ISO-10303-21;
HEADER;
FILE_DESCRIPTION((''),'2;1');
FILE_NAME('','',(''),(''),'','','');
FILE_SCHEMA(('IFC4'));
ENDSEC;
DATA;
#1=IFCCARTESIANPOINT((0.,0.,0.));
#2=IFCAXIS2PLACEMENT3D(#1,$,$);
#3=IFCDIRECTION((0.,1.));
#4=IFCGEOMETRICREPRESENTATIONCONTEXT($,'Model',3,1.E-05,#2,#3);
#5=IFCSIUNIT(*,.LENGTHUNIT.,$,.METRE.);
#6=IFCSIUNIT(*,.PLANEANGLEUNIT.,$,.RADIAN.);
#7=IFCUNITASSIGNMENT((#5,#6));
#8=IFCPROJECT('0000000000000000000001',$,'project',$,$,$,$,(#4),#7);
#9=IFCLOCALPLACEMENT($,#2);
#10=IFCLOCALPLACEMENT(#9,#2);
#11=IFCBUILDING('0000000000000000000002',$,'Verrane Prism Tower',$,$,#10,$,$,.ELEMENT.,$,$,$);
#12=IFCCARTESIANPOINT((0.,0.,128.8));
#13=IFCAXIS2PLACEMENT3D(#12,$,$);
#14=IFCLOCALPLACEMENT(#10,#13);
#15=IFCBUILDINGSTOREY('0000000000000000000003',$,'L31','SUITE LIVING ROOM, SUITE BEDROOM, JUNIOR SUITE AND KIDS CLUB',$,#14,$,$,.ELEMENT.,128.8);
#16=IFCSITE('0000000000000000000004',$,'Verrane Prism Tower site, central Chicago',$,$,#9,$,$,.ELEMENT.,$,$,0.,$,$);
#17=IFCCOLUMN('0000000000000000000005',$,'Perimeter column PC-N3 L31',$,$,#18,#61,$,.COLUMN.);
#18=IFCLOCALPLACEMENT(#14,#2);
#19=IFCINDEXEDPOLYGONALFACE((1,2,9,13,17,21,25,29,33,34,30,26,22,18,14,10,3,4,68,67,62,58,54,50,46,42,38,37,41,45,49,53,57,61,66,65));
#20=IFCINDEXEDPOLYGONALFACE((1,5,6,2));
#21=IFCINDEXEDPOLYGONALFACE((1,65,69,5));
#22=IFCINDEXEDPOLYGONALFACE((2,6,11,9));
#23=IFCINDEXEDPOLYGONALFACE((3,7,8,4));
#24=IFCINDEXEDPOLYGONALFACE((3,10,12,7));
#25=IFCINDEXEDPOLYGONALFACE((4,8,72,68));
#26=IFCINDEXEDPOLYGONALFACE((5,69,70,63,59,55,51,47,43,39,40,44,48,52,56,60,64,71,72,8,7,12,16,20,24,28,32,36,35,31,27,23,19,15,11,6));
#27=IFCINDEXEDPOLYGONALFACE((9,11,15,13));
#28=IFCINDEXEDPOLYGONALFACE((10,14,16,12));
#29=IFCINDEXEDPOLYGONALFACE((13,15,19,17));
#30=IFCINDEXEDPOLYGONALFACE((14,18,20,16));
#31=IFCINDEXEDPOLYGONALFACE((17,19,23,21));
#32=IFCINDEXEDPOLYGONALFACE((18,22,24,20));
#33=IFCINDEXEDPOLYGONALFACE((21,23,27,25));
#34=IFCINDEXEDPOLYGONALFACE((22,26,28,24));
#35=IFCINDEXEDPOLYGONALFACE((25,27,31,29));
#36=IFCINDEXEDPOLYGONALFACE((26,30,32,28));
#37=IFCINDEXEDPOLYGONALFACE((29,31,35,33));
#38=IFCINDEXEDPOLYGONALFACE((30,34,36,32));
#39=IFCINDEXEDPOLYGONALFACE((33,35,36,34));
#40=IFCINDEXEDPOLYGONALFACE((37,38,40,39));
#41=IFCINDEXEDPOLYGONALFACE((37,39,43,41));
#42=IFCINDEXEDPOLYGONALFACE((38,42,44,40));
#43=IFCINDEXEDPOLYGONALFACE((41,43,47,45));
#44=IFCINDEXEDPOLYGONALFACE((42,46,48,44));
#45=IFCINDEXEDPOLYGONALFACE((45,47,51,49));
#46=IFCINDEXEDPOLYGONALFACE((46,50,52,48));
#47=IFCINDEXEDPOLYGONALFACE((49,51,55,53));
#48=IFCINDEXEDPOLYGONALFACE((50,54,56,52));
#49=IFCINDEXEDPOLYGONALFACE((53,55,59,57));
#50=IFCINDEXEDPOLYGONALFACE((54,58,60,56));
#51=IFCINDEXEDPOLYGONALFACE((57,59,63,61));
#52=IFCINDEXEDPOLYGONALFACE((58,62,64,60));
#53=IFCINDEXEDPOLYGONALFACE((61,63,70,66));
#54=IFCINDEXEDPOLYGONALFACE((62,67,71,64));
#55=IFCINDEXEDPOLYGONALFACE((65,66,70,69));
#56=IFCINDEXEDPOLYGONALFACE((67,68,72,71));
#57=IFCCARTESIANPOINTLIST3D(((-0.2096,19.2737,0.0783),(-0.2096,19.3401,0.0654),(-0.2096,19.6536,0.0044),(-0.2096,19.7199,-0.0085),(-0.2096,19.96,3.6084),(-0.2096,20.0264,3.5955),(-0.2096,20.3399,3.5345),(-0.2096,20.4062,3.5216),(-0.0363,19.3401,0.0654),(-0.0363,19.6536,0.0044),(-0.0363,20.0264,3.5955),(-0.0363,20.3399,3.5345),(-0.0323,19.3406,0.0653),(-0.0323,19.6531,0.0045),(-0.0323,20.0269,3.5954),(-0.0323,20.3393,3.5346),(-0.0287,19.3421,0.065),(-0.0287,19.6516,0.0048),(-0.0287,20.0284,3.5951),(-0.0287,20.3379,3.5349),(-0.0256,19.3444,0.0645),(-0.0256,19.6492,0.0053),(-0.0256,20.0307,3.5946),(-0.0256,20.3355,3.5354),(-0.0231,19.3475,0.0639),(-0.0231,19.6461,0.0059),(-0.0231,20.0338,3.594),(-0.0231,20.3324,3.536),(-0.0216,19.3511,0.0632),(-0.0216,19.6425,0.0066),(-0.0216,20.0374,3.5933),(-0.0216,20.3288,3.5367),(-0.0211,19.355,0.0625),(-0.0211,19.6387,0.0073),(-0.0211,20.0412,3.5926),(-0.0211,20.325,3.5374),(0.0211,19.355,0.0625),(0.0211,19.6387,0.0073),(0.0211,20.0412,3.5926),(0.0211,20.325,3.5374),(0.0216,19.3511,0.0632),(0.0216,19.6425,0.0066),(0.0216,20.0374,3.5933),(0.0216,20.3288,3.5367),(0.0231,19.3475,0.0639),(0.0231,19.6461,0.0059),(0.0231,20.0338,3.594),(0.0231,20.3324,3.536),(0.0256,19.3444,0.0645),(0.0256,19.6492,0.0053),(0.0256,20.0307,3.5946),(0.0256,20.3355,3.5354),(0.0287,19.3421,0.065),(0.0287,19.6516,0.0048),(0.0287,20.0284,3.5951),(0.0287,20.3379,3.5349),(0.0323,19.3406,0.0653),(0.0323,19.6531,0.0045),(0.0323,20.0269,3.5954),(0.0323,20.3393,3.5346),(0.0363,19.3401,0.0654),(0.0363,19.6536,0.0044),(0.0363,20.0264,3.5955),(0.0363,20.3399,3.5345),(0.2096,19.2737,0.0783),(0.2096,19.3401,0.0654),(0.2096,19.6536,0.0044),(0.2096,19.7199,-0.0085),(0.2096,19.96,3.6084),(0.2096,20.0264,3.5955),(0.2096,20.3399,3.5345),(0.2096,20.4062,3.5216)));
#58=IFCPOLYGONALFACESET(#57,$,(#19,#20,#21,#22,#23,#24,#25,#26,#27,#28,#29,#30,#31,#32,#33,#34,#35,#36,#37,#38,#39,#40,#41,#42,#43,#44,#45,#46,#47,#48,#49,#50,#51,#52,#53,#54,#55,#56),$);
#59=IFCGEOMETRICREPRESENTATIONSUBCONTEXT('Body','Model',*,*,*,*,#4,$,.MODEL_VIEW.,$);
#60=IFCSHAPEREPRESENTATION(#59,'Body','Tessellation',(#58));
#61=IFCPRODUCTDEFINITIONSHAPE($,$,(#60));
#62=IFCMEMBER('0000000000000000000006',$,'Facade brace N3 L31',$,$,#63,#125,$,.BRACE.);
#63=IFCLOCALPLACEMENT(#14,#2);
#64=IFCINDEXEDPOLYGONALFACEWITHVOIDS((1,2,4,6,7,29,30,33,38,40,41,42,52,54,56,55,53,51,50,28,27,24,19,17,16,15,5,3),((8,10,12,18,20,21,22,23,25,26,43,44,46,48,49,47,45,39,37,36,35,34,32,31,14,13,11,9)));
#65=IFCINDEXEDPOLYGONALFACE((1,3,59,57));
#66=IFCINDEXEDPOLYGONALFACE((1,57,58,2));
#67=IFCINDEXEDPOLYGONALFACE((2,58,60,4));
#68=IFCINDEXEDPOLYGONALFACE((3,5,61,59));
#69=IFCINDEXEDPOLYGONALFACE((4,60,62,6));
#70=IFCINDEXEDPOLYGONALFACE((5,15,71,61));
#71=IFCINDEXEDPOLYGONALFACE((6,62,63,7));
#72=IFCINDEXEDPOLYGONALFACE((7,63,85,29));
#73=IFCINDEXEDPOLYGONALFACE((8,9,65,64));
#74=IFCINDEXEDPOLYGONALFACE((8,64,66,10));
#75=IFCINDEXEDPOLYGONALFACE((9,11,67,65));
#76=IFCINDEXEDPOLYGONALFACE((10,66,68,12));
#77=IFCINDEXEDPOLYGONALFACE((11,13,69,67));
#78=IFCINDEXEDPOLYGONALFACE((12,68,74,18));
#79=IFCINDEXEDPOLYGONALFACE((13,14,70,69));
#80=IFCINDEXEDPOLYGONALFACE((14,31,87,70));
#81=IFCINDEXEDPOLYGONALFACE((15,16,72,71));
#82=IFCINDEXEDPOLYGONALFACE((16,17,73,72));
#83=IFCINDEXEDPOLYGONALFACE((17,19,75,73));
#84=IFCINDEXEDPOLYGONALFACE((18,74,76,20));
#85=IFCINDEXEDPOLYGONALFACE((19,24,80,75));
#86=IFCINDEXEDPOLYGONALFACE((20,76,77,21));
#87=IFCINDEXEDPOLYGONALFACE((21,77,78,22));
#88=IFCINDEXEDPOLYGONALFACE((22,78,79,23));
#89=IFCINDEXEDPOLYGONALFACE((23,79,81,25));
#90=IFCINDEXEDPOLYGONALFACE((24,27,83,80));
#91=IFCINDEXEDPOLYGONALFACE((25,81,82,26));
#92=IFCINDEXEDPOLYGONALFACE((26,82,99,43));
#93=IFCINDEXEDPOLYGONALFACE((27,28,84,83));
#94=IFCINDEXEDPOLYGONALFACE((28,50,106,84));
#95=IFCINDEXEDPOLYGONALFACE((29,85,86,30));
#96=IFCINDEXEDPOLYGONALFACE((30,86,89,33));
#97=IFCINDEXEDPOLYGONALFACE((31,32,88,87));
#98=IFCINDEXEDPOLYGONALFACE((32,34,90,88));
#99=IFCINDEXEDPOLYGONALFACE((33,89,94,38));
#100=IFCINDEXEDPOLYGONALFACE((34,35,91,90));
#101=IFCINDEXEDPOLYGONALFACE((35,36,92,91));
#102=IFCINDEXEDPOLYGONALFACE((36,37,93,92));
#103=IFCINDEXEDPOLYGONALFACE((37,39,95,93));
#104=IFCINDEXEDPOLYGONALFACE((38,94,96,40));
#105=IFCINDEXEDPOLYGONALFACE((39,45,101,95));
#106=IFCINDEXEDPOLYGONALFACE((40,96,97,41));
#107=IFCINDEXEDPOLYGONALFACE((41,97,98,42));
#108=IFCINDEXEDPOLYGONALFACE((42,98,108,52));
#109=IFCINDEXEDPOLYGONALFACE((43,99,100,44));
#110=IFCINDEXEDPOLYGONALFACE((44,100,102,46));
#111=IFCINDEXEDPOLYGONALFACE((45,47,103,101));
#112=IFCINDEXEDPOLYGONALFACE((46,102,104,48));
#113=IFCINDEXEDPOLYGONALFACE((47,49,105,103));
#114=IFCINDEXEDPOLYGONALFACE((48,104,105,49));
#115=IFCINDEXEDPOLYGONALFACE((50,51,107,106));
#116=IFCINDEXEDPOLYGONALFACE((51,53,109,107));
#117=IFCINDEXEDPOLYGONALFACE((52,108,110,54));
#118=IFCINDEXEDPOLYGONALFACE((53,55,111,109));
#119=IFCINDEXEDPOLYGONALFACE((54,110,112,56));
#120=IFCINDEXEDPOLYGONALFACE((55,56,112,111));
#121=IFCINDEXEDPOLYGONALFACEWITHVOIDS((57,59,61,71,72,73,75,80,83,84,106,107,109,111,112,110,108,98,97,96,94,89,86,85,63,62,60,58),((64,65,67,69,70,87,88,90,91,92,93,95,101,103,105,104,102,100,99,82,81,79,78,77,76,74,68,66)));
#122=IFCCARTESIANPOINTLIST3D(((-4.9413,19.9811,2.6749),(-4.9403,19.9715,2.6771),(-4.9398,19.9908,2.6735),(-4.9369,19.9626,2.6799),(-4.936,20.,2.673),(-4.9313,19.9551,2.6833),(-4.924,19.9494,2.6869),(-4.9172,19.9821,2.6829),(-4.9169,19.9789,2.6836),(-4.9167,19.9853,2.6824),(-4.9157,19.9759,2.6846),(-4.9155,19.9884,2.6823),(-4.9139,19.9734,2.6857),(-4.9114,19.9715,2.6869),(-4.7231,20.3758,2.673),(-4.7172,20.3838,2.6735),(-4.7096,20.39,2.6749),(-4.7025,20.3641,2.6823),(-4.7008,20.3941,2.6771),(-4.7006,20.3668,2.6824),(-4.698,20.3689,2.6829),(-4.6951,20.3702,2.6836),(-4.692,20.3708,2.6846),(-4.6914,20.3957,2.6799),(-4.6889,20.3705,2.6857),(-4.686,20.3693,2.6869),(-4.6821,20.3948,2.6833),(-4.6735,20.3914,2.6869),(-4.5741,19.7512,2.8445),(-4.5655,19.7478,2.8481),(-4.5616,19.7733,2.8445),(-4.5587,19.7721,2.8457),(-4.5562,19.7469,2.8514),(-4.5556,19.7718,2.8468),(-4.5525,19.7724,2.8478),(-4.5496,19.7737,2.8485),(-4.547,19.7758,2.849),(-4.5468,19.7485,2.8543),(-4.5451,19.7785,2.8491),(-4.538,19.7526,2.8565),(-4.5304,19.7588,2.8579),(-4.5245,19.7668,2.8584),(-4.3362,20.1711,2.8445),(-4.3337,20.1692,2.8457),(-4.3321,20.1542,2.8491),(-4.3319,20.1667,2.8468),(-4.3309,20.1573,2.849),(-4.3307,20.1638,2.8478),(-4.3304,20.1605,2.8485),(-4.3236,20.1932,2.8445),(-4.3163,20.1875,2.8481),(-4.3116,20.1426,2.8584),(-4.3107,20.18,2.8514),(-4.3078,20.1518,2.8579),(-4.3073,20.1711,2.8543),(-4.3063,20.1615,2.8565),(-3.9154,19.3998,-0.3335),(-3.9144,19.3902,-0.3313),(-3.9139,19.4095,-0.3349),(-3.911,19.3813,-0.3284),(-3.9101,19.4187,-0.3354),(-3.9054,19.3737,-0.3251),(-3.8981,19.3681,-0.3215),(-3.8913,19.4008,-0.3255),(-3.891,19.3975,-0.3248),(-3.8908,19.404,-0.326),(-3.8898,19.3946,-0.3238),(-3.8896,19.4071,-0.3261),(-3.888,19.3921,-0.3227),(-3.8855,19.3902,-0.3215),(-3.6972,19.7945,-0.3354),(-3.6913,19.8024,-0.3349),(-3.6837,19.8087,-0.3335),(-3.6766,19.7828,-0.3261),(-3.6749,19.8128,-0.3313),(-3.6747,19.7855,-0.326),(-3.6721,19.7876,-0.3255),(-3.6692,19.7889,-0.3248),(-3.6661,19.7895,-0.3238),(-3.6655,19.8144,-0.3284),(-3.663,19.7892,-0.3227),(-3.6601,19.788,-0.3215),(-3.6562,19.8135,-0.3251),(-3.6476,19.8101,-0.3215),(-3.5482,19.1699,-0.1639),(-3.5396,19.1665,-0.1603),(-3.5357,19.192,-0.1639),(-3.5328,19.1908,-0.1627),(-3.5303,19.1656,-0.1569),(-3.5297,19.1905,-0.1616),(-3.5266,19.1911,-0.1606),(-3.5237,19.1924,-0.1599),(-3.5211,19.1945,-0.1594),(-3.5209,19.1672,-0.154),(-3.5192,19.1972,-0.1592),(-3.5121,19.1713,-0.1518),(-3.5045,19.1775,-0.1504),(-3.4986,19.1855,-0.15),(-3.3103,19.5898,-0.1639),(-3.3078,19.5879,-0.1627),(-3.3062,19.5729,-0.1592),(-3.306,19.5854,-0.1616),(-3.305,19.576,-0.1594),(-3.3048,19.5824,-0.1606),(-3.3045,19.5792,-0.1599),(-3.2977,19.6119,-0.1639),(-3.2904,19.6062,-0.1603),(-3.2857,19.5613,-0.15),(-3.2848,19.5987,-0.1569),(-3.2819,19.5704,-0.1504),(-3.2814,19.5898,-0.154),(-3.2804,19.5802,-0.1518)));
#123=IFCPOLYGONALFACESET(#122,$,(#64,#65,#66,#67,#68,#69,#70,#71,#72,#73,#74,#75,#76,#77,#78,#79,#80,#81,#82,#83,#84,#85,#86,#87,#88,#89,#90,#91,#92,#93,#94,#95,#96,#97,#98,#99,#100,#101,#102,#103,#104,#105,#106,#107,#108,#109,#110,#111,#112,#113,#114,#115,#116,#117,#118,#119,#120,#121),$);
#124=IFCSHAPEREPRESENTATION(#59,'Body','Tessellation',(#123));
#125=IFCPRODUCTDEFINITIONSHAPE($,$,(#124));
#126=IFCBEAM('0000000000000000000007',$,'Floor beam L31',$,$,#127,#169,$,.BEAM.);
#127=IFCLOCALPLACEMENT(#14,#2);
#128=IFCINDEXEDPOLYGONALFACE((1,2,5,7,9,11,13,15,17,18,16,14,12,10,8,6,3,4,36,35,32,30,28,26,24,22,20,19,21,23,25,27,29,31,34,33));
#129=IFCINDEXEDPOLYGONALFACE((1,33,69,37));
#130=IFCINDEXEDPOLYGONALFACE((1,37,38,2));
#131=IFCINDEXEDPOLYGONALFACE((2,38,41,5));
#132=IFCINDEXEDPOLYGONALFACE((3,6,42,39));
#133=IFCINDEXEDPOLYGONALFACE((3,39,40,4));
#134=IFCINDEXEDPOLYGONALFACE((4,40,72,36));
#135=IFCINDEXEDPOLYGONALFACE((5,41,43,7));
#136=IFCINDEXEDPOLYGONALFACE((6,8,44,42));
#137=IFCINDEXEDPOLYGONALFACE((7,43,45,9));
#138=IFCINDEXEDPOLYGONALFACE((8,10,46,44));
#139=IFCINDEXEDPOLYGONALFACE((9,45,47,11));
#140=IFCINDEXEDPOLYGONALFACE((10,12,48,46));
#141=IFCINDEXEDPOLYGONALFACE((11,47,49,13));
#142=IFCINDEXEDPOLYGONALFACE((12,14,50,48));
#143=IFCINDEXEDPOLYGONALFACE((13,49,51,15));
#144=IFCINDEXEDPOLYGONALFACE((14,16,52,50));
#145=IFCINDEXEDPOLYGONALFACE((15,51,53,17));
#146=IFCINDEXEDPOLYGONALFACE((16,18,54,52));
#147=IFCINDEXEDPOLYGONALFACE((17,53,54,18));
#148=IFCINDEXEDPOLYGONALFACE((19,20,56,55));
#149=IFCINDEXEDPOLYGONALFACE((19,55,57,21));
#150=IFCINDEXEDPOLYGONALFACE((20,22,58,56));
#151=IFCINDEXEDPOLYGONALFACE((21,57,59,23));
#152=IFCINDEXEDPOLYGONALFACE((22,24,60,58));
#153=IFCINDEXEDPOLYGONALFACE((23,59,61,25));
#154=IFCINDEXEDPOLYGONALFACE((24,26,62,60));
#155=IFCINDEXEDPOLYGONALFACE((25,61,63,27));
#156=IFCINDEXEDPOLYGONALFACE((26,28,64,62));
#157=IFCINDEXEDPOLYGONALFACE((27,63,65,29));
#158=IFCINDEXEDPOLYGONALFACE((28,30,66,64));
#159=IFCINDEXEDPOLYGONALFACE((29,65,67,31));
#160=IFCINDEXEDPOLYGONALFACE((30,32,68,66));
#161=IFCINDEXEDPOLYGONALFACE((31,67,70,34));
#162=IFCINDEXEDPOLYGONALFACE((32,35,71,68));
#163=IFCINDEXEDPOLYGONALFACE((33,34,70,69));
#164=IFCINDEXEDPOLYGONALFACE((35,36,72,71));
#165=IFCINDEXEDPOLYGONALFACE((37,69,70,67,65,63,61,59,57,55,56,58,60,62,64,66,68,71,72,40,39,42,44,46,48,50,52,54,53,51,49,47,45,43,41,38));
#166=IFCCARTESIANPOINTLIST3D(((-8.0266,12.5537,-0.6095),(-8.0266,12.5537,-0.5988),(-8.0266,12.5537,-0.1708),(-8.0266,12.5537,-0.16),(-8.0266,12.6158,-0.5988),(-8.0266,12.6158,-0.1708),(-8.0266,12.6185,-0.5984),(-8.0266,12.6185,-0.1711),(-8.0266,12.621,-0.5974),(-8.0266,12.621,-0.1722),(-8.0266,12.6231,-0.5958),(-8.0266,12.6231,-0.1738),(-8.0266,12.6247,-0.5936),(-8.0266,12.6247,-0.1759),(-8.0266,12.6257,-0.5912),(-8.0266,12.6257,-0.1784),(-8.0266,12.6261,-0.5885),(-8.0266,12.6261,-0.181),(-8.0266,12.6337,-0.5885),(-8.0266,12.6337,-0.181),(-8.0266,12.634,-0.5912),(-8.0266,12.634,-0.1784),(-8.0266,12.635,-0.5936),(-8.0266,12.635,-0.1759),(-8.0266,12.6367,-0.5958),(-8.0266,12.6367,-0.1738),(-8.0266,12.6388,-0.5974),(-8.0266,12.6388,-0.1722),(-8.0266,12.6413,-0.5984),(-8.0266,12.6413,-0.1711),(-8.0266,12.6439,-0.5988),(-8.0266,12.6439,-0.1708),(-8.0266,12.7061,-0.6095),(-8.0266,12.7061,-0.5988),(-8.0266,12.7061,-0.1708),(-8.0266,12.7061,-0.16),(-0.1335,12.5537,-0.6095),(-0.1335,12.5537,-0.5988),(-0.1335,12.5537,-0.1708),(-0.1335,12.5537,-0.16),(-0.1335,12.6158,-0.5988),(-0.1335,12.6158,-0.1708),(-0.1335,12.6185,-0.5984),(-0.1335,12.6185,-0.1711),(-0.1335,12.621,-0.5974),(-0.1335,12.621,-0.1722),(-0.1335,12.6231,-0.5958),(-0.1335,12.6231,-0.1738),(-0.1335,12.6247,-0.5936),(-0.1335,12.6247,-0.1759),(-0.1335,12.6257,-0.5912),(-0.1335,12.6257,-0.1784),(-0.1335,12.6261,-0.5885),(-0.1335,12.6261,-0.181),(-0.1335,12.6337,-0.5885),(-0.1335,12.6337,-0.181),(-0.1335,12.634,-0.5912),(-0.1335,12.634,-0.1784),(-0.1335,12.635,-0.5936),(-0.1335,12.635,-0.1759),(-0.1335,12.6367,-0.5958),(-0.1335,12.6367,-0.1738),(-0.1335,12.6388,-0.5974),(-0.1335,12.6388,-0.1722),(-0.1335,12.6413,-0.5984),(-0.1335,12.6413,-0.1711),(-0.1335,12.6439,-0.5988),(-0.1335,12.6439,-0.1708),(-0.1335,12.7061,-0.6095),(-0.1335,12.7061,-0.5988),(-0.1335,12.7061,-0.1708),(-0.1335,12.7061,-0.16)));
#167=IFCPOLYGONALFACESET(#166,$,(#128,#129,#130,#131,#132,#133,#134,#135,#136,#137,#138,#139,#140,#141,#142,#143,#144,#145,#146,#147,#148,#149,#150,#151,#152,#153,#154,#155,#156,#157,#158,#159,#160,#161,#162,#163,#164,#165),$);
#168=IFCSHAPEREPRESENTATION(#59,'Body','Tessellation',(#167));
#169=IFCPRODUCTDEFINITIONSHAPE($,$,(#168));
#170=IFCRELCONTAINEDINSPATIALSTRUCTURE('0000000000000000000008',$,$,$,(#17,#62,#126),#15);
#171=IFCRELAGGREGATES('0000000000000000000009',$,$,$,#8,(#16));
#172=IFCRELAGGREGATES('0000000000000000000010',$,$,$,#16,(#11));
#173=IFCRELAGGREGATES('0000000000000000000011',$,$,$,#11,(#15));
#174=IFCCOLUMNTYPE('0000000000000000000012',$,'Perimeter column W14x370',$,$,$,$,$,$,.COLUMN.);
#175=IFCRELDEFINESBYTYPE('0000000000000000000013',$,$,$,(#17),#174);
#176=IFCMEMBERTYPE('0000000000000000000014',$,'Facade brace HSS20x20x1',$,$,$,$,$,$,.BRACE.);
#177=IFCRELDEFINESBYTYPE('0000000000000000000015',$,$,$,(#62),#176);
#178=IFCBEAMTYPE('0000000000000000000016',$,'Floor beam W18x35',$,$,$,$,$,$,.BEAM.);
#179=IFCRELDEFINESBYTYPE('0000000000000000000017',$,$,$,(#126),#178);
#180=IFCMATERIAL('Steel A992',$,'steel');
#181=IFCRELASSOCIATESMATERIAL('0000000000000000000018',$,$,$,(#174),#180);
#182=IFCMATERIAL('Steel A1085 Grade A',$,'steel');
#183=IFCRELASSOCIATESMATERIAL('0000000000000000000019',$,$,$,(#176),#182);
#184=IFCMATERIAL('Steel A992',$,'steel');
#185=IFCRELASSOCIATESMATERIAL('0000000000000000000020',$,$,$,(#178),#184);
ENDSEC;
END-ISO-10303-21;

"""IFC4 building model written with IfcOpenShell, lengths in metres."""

from ifc_helpers import new_model, si_unit, direction, frame, origin, origin_2d, place, context, subcontext, project, spatial, hollow_rectangle, i_section, extrude, material, material_profile, profile_set, type_object, element, save


model = new_model("IFC4")

# Units and contexts
model_context = context("Model", 3, precision=1e-05, world=origin(), true_north=direction((0.0, 1.0)))
body_context = subcontext(model_context, "Body", "Model", "MODEL_VIEW")
ifc_project = project(units=[si_unit("LENGTHUNIT", "METRE"), si_unit("PLANEANGLEUNIT", "RADIAN")], contexts=[model_context])

# Site, building, storey
site_placement = place(None, origin())
site = spatial("IfcSite", under=ifc_project, at=site_placement, Name="Verrane Prism Tower site, central Chicago", CompositionType="ELEMENT", RefElevation=0.0)
building_placement = place(site_placement, origin())
building = spatial("IfcBuilding", under=site, at=building_placement, Name="Verrane Prism Tower", CompositionType="ELEMENT")
storey_placement = place(building_placement, frame((0.0, 0.0, 128.8)))
storey = spatial("IfcBuildingStorey", under=building, at=storey_placement, Name="L31", Description="SUITE LIVING ROOM, SUITE BEDROOM, JUNIOR SUITE AND KIDS CLUB", CompositionType="ELEMENT", Elevation=128.8)

# Column
ifc_material_1 = material(Name="Steel A992", Category="steel")
ifc_material_profile_1 = material_profile(ifc_material_1, i_section(OverallWidth=0.4192, OverallDepth=0.4546, WebThickness=0.0422, FlangeThickness=0.0676, FilletRadius=0.0151, at=origin_2d()), Name="W14x370")
ifc_profile_set_1 = profile_set([ifc_material_profile_1], Name="Steel A992")
column_type = type_object("IfcColumnType", Name="Perimeter column W14x370", PredefinedType="COLUMN", material=ifc_profile_set_1)
column_placement = place(storey_placement, frame((0.0, 19.4968, 0.0349), z_axis=(0.0, 0.190839, 0.981621), x_axis=(1.0, 0.0, 0.0)))
element("IfcColumn", 1, at=column_placement, inside=storey, type_object=column_type, Name="Perimeter column PC-N3 L31", PredefinedType="COLUMN", context=body_context, shape_type="SweptSolid", body=[
    extrude(i_section(OverallWidth=0.4192, OverallDepth=0.4546, WebThickness=0.0422, FlangeThickness=0.0676, FilletRadius=0.0151, at=origin_2d()), origin(), (0.0, 0.0, 1.0), 3.5962),
])

# Member
ifc_material_2 = material(Name="Steel A1085 Grade A", Category="steel")
ifc_material_profile_2 = material_profile(ifc_material_2, hollow_rectangle(XDim=0.5081, YDim=0.5081, WallThickness=0.0254, InnerFilletRadius=0.0127, OuterFilletRadius=0.0381, at=origin_2d()), Name="HSS20x20x1")
ifc_profile_set_2 = profile_set([ifc_material_profile_2], Name="Steel A1085 Grade A")
member_type_1 = type_object("IfcMemberType", Name="Facade brace HSS20x20x1", PredefinedType="BRACE", material=ifc_profile_set_2)
member_1_placement = place(storey_placement, frame((-3.5979, 19.49, -0.2427), z_axis=(-0.317498, 0.179906, 0.931036), x_axis=(-0.492992, -0.870034, 0.0)))
element("IfcMember", 2, at=member_1_placement, inside=storey, type_object=member_type_1, Name="Facade brace N3 L31", PredefinedType="BRACE", context=body_context, shape_type="SweptSolid", body=[
    extrude(hollow_rectangle(XDim=0.5081, YDim=0.5081, WallThickness=0.0254, InnerFilletRadius=0.0127, OuterFilletRadius=0.0381, at=origin_2d()), origin(), (0.0, 0.0, 1.0), 3.2312),
])

# Beam
ifc_material_3 = material(Name="Steel A992", Category="steel")
ifc_material_profile_3 = material_profile(ifc_material_3, i_section(OverallWidth=0.1523, OverallDepth=0.4495, WebThickness=0.0076, FlangeThickness=0.0107, FilletRadius=0.0103, at=origin_2d()), Name="W18x35")
ifc_profile_set_3 = profile_set([ifc_material_profile_3], Name="Steel A992")
beam_type_1 = type_object("IfcBeamType", Name="Floor beam W18x35", PredefinedType="BEAM", material=ifc_profile_set_3)
for number, where, z_axis, x_axis, name in (
    (3, (-8.0266, 12.6299, -0.3848), (1.0, 0.0, 0.0), (0.0, 1.0, 0.0), "Floor beam L31"),
):
    element("IfcBeam", number, at=place(storey_placement, frame(where, z_axis=z_axis, x_axis=x_axis)), inside=storey, type_object=beam_type_1, Name=name, PredefinedType="BEAM", context=body_context, shape_type="SweptSolid", body=[
        extrude(i_section(OverallWidth=0.1523, OverallDepth=0.4495, WebThickness=0.0076, FlangeThickness=0.0107, FilletRadius=0.0103, at=origin_2d()), origin(), (0.0, 0.0, 1.0), 7.8931),
    ])

save(model, "model.ifc")
